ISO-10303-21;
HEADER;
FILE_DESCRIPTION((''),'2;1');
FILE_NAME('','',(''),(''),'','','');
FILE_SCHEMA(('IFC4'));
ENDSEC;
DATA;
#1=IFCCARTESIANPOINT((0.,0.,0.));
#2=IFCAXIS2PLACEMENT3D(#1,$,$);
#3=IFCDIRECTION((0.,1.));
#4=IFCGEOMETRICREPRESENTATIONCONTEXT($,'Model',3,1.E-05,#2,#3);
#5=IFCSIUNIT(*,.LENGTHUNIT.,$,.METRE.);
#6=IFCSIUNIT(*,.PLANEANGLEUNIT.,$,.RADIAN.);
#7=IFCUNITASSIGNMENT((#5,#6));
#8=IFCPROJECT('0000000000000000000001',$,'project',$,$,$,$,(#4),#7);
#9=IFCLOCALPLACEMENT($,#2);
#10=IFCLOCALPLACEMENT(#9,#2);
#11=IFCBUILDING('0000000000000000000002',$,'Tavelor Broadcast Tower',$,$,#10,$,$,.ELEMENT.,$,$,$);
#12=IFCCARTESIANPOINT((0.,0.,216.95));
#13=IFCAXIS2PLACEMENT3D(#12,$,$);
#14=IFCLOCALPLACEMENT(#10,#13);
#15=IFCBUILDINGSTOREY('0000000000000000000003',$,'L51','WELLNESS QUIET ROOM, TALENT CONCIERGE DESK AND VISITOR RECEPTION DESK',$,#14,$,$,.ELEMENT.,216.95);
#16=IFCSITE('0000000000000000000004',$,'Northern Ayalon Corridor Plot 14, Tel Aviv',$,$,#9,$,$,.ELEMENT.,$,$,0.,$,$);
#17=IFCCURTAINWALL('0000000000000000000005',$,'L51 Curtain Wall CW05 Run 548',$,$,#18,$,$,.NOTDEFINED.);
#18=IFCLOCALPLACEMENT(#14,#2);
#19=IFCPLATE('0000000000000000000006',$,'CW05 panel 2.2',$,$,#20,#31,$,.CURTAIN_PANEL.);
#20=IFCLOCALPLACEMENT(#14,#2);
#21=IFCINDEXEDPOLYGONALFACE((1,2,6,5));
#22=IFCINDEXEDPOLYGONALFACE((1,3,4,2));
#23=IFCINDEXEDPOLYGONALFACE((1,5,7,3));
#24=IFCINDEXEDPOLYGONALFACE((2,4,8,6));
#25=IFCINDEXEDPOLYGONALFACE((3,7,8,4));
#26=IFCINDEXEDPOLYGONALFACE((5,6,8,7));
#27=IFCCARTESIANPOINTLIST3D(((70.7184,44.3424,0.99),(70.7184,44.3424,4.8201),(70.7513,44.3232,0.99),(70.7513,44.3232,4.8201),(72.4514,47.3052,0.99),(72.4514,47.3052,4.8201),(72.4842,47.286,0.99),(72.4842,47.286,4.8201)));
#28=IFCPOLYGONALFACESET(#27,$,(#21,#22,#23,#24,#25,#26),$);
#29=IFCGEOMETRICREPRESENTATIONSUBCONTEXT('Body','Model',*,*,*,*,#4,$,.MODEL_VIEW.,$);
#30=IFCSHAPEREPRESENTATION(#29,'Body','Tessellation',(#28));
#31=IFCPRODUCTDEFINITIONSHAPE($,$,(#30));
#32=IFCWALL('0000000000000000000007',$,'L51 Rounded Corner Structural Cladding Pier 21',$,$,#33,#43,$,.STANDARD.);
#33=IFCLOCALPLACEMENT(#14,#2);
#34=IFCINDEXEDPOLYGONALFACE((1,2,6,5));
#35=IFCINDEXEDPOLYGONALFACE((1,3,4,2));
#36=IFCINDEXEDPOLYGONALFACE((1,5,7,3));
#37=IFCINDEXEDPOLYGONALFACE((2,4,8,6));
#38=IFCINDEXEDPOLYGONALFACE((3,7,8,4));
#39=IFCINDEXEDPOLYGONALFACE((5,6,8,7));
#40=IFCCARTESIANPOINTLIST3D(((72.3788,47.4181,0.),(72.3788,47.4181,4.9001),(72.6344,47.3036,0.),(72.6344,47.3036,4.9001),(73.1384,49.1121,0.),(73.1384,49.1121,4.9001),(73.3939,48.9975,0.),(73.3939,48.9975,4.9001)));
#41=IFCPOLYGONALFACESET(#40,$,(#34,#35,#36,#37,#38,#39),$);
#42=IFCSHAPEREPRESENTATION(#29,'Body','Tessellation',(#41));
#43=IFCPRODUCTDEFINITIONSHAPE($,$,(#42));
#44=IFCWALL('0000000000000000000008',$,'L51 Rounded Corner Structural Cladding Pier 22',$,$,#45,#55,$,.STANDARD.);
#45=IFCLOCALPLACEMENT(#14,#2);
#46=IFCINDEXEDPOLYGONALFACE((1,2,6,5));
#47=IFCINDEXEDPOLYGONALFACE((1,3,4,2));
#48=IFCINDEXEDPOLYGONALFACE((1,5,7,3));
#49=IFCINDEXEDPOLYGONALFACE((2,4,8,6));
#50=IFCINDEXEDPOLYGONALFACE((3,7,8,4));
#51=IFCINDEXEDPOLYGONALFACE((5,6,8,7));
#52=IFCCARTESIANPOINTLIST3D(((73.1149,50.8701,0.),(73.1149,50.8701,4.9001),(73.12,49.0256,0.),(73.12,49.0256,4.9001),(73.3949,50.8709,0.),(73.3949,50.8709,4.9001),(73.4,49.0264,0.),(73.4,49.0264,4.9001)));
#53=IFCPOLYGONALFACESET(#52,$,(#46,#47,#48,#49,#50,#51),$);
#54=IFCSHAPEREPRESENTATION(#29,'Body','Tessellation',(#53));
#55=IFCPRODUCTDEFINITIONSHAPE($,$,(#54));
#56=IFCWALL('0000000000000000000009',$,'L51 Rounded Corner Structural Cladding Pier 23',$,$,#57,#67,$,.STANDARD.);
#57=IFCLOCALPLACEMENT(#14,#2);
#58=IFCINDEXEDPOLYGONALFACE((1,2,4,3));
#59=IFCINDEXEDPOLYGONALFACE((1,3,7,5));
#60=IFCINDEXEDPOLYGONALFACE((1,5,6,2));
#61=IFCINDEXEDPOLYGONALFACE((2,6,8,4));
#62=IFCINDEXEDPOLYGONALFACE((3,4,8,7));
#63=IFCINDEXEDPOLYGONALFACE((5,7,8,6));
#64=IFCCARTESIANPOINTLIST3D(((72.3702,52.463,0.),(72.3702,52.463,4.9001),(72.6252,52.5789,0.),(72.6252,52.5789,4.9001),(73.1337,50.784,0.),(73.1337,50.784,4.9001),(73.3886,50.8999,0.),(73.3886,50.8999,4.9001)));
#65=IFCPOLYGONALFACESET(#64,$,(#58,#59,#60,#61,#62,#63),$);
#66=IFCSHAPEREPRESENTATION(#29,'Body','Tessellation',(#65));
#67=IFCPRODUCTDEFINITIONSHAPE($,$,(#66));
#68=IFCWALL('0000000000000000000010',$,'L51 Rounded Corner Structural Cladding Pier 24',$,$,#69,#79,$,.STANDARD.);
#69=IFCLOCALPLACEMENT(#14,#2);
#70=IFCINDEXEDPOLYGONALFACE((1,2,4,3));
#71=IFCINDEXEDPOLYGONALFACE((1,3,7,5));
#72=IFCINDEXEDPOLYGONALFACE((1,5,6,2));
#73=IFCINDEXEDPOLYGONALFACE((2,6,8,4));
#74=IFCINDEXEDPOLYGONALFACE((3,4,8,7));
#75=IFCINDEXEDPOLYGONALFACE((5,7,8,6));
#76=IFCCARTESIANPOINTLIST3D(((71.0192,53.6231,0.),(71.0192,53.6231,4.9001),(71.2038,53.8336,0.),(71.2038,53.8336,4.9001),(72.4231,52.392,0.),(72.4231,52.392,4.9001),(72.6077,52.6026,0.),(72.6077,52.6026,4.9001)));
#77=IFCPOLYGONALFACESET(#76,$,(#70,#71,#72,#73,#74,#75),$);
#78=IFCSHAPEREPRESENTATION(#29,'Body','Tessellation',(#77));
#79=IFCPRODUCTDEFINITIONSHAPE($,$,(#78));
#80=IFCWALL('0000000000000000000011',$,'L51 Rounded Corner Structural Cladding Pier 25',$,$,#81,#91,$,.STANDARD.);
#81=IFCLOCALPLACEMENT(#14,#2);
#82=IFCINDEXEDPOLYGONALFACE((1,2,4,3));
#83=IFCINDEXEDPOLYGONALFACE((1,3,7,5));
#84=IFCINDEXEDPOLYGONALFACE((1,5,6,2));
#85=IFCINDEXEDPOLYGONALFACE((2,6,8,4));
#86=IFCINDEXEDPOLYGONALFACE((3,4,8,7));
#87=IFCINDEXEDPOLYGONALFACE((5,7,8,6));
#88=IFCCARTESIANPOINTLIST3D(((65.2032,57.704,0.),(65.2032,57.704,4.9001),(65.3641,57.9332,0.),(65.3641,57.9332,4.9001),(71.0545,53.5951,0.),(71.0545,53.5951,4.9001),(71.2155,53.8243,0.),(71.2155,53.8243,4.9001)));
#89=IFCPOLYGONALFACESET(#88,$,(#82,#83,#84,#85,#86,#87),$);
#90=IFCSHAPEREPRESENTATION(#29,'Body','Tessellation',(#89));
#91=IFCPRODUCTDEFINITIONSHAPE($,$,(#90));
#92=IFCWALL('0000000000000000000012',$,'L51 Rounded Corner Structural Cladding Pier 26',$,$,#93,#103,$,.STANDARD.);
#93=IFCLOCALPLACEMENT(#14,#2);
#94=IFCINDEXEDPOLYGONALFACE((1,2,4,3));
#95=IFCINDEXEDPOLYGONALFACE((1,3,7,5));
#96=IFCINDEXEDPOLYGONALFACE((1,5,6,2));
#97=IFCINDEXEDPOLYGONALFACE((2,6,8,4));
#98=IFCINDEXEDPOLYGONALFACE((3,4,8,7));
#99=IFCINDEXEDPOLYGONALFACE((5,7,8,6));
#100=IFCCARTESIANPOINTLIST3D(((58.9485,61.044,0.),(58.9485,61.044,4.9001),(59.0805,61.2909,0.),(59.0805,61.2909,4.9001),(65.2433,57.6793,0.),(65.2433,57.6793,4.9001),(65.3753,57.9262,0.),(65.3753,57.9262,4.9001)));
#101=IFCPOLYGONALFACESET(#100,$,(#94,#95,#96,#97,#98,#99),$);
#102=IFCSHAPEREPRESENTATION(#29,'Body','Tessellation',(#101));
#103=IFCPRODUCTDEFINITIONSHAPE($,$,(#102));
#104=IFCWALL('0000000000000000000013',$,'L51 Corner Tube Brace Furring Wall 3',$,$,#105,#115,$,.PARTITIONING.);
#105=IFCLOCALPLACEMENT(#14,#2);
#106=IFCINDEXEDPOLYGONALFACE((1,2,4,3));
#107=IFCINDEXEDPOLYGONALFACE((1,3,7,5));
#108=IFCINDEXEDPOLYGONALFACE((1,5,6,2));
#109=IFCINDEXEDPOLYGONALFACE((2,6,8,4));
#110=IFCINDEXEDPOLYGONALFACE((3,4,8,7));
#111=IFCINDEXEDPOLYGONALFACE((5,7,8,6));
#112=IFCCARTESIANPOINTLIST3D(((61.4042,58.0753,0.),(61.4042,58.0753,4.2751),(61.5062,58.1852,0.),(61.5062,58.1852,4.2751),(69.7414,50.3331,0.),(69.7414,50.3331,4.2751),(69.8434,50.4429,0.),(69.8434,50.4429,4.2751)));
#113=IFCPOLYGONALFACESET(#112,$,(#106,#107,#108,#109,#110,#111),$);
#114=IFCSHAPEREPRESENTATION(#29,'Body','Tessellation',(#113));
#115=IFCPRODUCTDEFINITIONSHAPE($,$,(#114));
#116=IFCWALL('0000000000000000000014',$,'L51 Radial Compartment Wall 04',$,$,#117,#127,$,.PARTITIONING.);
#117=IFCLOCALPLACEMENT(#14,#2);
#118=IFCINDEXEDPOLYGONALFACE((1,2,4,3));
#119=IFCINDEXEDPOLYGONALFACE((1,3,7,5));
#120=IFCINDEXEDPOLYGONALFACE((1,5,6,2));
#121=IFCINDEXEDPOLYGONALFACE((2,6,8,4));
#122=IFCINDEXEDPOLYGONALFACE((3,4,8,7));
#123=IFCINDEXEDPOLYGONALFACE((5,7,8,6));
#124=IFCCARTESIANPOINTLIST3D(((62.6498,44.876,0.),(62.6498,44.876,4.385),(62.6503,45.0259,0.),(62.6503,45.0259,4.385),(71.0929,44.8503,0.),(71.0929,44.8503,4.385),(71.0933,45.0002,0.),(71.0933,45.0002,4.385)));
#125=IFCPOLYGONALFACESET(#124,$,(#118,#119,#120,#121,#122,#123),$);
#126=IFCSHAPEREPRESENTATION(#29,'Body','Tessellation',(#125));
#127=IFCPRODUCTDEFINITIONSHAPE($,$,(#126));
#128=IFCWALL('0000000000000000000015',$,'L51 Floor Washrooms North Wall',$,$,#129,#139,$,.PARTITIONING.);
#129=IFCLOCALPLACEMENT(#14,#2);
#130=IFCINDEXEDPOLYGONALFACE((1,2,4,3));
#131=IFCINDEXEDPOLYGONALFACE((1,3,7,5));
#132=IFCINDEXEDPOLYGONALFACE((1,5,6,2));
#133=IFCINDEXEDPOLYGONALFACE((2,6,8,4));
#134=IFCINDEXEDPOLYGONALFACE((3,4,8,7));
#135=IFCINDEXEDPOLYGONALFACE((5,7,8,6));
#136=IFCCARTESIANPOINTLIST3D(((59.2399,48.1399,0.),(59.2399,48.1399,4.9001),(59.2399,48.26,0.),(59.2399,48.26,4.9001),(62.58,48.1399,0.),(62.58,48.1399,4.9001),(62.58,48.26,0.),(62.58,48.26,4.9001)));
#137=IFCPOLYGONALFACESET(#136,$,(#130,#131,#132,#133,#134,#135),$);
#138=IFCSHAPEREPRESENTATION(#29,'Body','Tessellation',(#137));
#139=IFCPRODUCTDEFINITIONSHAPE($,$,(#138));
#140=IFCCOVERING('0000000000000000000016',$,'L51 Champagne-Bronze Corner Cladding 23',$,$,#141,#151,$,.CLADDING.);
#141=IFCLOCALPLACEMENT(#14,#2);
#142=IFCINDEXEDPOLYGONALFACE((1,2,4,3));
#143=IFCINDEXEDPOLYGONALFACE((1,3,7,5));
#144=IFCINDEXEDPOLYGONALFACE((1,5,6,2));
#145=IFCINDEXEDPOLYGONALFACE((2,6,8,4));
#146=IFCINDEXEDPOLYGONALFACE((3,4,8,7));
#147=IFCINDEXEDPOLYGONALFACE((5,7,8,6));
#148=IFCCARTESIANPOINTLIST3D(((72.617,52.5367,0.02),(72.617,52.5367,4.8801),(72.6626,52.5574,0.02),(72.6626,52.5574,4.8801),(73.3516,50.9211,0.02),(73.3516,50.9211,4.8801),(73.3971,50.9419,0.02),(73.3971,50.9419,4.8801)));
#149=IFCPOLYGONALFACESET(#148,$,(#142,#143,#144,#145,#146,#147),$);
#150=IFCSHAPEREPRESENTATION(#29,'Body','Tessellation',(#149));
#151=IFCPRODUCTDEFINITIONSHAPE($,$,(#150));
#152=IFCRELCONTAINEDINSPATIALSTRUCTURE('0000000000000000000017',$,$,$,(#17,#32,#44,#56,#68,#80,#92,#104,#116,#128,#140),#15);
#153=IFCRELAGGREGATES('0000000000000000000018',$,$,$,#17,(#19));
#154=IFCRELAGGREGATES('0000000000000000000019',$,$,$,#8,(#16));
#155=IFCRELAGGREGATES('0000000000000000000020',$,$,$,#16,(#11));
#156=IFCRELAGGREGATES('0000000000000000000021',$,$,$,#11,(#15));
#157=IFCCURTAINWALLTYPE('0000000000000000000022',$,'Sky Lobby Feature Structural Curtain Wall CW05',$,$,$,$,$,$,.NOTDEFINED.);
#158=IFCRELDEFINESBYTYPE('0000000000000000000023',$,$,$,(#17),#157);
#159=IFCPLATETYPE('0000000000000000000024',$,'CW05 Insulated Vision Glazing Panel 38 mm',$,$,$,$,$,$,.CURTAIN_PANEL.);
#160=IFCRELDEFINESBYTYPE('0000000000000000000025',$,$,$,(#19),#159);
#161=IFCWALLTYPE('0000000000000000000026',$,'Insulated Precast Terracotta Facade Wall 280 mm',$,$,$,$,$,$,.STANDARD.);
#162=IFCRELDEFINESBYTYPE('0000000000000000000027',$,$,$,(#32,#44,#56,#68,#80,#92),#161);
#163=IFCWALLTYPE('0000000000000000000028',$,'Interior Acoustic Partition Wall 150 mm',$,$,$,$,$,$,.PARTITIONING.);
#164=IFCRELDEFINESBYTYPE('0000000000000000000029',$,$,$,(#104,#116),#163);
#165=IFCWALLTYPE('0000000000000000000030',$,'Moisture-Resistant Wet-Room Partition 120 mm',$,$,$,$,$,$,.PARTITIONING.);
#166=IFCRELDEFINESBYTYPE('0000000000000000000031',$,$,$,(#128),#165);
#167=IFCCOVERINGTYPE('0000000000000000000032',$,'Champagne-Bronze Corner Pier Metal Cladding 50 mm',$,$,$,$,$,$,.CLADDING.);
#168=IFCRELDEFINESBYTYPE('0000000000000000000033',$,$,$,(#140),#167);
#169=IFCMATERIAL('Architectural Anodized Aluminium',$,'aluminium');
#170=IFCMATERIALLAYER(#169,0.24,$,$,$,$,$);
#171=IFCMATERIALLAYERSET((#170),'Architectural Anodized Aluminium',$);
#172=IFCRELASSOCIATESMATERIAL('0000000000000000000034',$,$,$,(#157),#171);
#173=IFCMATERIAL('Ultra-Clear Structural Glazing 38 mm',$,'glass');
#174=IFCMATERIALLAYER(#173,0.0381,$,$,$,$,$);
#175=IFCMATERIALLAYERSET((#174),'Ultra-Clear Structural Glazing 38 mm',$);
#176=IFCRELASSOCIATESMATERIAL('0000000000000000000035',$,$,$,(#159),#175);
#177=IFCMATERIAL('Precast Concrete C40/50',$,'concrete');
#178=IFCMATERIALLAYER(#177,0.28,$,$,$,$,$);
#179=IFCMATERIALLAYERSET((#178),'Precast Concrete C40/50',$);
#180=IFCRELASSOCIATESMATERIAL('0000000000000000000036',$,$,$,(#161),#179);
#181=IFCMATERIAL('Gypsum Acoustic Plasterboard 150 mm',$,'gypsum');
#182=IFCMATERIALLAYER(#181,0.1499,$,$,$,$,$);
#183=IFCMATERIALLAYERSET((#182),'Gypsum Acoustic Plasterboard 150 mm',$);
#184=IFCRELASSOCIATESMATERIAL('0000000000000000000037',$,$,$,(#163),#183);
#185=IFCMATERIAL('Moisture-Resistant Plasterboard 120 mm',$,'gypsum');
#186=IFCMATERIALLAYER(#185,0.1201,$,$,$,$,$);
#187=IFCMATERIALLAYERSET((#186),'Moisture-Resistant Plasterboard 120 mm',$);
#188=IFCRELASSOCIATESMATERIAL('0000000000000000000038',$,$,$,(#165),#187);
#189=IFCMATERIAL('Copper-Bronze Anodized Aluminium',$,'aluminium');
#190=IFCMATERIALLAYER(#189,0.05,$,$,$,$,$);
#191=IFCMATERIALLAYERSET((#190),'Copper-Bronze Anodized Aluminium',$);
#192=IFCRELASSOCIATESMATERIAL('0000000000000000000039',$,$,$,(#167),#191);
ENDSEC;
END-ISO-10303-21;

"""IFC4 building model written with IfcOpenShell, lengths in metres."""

from ifc_helpers import new_model, si_unit, direction, frame, frame_2d, origin, origin_2d, place, context, subcontext, project, spatial, rectangle, extrude, source, transform, mapped, material, layer, layer_set, type_object, element, aggregate, save


model = new_model("IFC4")

# Units and contexts
model_context = context("Model", 3, precision=1e-05, world=origin(), true_north=direction((0.0, 1.0)))
body_context = subcontext(model_context, "Body", "Model", "MODEL_VIEW")
ifc_project = project(units=[si_unit("LENGTHUNIT", "METRE"), si_unit("PLANEANGLEUNIT", "RADIAN")], contexts=[model_context])

# Site, building, storey
site_placement = place(None, origin())
site = spatial("IfcSite", under=ifc_project, at=site_placement, Name="Northern Ayalon Corridor Plot 14, Tel Aviv", CompositionType="ELEMENT", RefElevation=0.0)
building_placement = place(site_placement, origin())
building = spatial("IfcBuilding", under=site, at=building_placement, Name="Tavelor Broadcast Tower", CompositionType="ELEMENT")
storey_placement = place(building_placement, frame((0.0, 0.0, 216.95)))
storey = spatial("IfcBuildingStorey", under=building, at=storey_placement, Name="L51", Description="WELLNESS QUIET ROOM, TALENT CONCIERGE DESK AND VISITOR RECEPTION DESK", CompositionType="ELEMENT", Elevation=216.95)

# Curtain wall
ifc_material_1 = material(Name="Architectural Anodized Aluminium", Category="aluminium")
ifc_layer_1 = layer(ifc_material_1, 0.24)
ifc_layer_set_1 = layer_set([ifc_layer_1], Name="Architectural Anodized Aluminium")
curtain_wall_type = type_object("IfcCurtainWallType", Name="Sky Lobby Feature Structural Curtain Wall CW05", PredefinedType="NOTDEFINED", material=ifc_layer_set_1)
curtain_wall_placement = place(storey_placement, origin())
curtain_wall = element("IfcCurtainWall", 1, at=curtain_wall_placement, inside=storey, type_object=curtain_wall_type, Name="L51 Curtain Wall CW05 Run 548", PredefinedType="NOTDEFINED")

# Plate
ifc_material_2 = material(Name="Ultra-Clear Structural Glazing 38 mm", Category="glass")
ifc_layer_2 = layer(ifc_material_2, 0.0381)
ifc_layer_set_2 = layer_set([ifc_layer_2], Name="Ultra-Clear Structural Glazing 38 mm")
plate_type_1 = type_object("IfcPlateType", Name="CW05 Insulated Vision Glazing Panel 38 mm", PredefinedType="CURTAIN_PANEL", material=ifc_layer_set_2)
shared_shape_1 = source(origin(), body_context, "Body", "SweptSolid", [
    extrude(rectangle(XDim=3.4324, YDim=0.0381, at=origin_2d()), origin(), (0.0, 0.0, 1.0), 3.8301),
])
plate_1_placement = place(storey_placement, frame((71.6013, 45.8142, 0.99), z_axis=(0.0, 0.0, 1.0), x_axis=(0.504888, 0.863185, 0.0)))
plate_1 = element("IfcPlate", 2, at=plate_1_placement, type_object=plate_type_1, Name="CW05 panel 2.2", PredefinedType="CURTAIN_PANEL", context=body_context, shape_type="MappedRepresentation", body=[
    mapped(shared_shape_1, transform((0.0, 0.0, 0.0), scale=1.0)),
])
aggregate(curtain_wall, [plate_1])

# Walls
ifc_material_3 = material(Name="Precast Concrete C40/50", Category="concrete")
ifc_layer_3 = layer(ifc_material_3, 0.28)
ifc_layer_set_3 = layer_set([ifc_layer_3], Name="Precast Concrete C40/50")
wall_type_1 = type_object("IfcWallType", Name="Insulated Precast Terracotta Facade Wall 280 mm", PredefinedType="STANDARD", material=ifc_layer_set_3)
wall_1_placement = place(storey_placement, frame((72.5066, 47.3608, 0.0), z_axis=(0.0, 0.0, 1.0), x_axis=(0.40915, 0.912467, 0.0)))
element("IfcWall", 3, at=wall_1_placement, inside=storey, type_object=wall_type_1, Name="L51 Rounded Corner Structural Cladding Pier 21", PredefinedType="STANDARD", context=body_context, shape_type="SweptSolid", body=[
    extrude(rectangle(XDim=1.8564, YDim=0.28, at=frame_2d((0.9282, 0.0))), origin(), (0.0, 0.0, 1.0), 4.9001),
])
for number, where, z_axis, x_axis, name in (
    (4, (73.26, 49.0259, 0.0), (0.0, 0.0, 1.0), (-0.00278, 0.999996, 0.0), "L51 Rounded Corner Structural Cladding Pier 22"),
    (5, (73.2612, 50.8418, 0.0), (0.0, 0.0, 1.0), (-0.413923, 0.910312, 0.0), "L51 Rounded Corner Structural Cladding Pier 23"),
):
    element("IfcWall", number, at=place(storey_placement, frame(where, z_axis=z_axis, x_axis=x_axis)), inside=storey, type_object=wall_type_1, Name=name, PredefinedType="STANDARD", context=body_context, shape_type="SweptSolid", body=[
        extrude(rectangle(XDim=1.8445, YDim=0.28, at=frame_2d((0.9224, 0.0))), origin(), (0.0, 0.0, 1.0), 4.9001),
    ])
wall_2_placement = place(storey_placement, frame((72.5154, 52.4973, 0.0), z_axis=(0.0, 0.0, 1.0), x_axis=(-0.75188, 0.6593, 0.0)))
element("IfcWall", 6, at=wall_2_placement, inside=storey, type_object=wall_type_1, Name="L51 Rounded Corner Structural Cladding Pier 24", PredefinedType="STANDARD", context=body_context, shape_type="SweptSolid", body=[
    extrude(rectangle(XDim=1.8672, YDim=0.28, at=frame_2d((0.9336, 0.0))), origin(), (0.0, 0.0, 1.0), 4.9001),
])
wall_3_placement = place(storey_placement, frame((71.135, 53.7097, 0.0), z_axis=(0.0, 0.0, 1.0), x_axis=(-0.818379, 0.574679, 0.0)))
element("IfcWall", 7, at=wall_3_placement, inside=storey, type_object=wall_type_1, Name="L51 Rounded Corner Structural Cladding Pier 25", PredefinedType="STANDARD", context=body_context, shape_type="SweptSolid", body=[
    extrude(rectangle(XDim=7.1499, YDim=0.28, at=frame_2d((3.575, 0.0))), origin(), (0.0, 0.0, 1.0), 4.9001),
])
wall_4_placement = place(storey_placement, frame((65.3093, 57.8027, 0.0), z_axis=(0.0, 0.0, 1.0), x_axis=(-0.881919, 0.471401, 0.0)))
element("IfcWall", 8, at=wall_4_placement, inside=storey, type_object=wall_type_1, Name="L51 Rounded Corner Structural Cladding Pier 26", PredefinedType="STANDARD", context=body_context, shape_type="SweptSolid", body=[
    extrude(rectangle(XDim=7.1377, YDim=0.28, at=frame_2d((3.5688, 0.0))), origin(), (0.0, 0.0, 1.0), 4.9001),
])
ifc_material_4 = material(Name="Gypsum Acoustic Plasterboard 150 mm", Category="gypsum")
ifc_layer_4 = layer(ifc_material_4, 0.1499)
ifc_layer_set_4 = layer_set([ifc_layer_4], Name="Gypsum Acoustic Plasterboard 150 mm")
wall_type_2 = type_object("IfcWallType", Name="Interior Acoustic Partition Wall 150 mm", PredefinedType="PARTITIONING", material=ifc_layer_set_4)
wall_5_placement = place(storey_placement, frame((69.7925, 50.3879, 0.0), z_axis=(0.0, 0.0, 1.0), x_axis=(-0.73277, 0.680477, 0.0)))
element("IfcWall", 9, at=wall_5_placement, inside=storey, type_object=wall_type_2, Name="L51 Corner Tube Brace Furring Wall 3", PredefinedType="PARTITIONING", context=body_context, shape_type="SweptSolid", body=[
    extrude(rectangle(XDim=11.3777, YDim=0.1499, at=frame_2d((5.689, 0.0))), origin(), (0.0, 0.0, 1.0), 4.2751),
])
wall_6_placement = place(storey_placement, frame((62.6499, 44.9509, 0.0), z_axis=(0.0, 0.0, 1.0), x_axis=(0.999995, -0.003036, 0.0)))
element("IfcWall", 10, at=wall_6_placement, inside=storey, type_object=wall_type_2, Name="L51 Radial Compartment Wall 04", PredefinedType="PARTITIONING", context=body_context, shape_type="SweptSolid", body=[
    extrude(rectangle(XDim=8.4431, YDim=0.1499, at=frame_2d((4.2217, 0.0))), origin(), (0.0, 0.0, 1.0), 4.385),
])
ifc_material_5 = material(Name="Moisture-Resistant Plasterboard 120 mm", Category="gypsum")
ifc_layer_5 = layer(ifc_material_5, 0.1201)
ifc_layer_set_5 = layer_set([ifc_layer_5], Name="Moisture-Resistant Plasterboard 120 mm")
wall_type_3 = type_object("IfcWallType", Name="Moisture-Resistant Wet-Room Partition 120 mm", PredefinedType="PARTITIONING", material=ifc_layer_set_5)
wall_7_placement = place(storey_placement, frame((59.24, 48.2, 0.0), z_axis=(0.0, 0.0, 1.0), x_axis=(1.0, 0.0, 0.0)))
element("IfcWall", 11, at=wall_7_placement, inside=storey, type_object=wall_type_3, Name="L51 Floor Washrooms North Wall", PredefinedType="PARTITIONING", context=body_context, shape_type="SweptSolid", body=[
    extrude(rectangle(XDim=3.3401, YDim=0.1201, at=frame_2d((1.6699, 0.0))), origin(), (0.0, 0.0, 1.0), 4.9001),
])

# Covering
ifc_material_6 = material(Name="Copper-Bronze Anodized Aluminium", Category="aluminium")
ifc_layer_6 = layer(ifc_material_6, 0.05)
ifc_layer_set_6 = layer_set([ifc_layer_6], Name="Copper-Bronze Anodized Aluminium")
covering_type = type_object("IfcCoveringType", Name="Champagne-Bronze Corner Pier Metal Cladding 50 mm", PredefinedType="CLADDING", material=ifc_layer_set_6)
covering_placement = place(storey_placement, frame((73.0071, 51.7393, 0.02), z_axis=(0.0, 0.0, 1.0), x_axis=(-0.413899, 0.910323, 0.0)))
element("IfcCovering", 12, at=covering_placement, inside=storey, type_object=covering_type, Name="L51 Champagne-Bronze Corner Cladding 23", PredefinedType="CLADDING", context=body_context, shape_type="SweptSolid", body=[
    extrude(rectangle(XDim=1.7747, YDim=0.05, at=origin_2d()), origin(), (0.0, 0.0, 1.0), 4.8601),
])

save(model, "model.ifc")
